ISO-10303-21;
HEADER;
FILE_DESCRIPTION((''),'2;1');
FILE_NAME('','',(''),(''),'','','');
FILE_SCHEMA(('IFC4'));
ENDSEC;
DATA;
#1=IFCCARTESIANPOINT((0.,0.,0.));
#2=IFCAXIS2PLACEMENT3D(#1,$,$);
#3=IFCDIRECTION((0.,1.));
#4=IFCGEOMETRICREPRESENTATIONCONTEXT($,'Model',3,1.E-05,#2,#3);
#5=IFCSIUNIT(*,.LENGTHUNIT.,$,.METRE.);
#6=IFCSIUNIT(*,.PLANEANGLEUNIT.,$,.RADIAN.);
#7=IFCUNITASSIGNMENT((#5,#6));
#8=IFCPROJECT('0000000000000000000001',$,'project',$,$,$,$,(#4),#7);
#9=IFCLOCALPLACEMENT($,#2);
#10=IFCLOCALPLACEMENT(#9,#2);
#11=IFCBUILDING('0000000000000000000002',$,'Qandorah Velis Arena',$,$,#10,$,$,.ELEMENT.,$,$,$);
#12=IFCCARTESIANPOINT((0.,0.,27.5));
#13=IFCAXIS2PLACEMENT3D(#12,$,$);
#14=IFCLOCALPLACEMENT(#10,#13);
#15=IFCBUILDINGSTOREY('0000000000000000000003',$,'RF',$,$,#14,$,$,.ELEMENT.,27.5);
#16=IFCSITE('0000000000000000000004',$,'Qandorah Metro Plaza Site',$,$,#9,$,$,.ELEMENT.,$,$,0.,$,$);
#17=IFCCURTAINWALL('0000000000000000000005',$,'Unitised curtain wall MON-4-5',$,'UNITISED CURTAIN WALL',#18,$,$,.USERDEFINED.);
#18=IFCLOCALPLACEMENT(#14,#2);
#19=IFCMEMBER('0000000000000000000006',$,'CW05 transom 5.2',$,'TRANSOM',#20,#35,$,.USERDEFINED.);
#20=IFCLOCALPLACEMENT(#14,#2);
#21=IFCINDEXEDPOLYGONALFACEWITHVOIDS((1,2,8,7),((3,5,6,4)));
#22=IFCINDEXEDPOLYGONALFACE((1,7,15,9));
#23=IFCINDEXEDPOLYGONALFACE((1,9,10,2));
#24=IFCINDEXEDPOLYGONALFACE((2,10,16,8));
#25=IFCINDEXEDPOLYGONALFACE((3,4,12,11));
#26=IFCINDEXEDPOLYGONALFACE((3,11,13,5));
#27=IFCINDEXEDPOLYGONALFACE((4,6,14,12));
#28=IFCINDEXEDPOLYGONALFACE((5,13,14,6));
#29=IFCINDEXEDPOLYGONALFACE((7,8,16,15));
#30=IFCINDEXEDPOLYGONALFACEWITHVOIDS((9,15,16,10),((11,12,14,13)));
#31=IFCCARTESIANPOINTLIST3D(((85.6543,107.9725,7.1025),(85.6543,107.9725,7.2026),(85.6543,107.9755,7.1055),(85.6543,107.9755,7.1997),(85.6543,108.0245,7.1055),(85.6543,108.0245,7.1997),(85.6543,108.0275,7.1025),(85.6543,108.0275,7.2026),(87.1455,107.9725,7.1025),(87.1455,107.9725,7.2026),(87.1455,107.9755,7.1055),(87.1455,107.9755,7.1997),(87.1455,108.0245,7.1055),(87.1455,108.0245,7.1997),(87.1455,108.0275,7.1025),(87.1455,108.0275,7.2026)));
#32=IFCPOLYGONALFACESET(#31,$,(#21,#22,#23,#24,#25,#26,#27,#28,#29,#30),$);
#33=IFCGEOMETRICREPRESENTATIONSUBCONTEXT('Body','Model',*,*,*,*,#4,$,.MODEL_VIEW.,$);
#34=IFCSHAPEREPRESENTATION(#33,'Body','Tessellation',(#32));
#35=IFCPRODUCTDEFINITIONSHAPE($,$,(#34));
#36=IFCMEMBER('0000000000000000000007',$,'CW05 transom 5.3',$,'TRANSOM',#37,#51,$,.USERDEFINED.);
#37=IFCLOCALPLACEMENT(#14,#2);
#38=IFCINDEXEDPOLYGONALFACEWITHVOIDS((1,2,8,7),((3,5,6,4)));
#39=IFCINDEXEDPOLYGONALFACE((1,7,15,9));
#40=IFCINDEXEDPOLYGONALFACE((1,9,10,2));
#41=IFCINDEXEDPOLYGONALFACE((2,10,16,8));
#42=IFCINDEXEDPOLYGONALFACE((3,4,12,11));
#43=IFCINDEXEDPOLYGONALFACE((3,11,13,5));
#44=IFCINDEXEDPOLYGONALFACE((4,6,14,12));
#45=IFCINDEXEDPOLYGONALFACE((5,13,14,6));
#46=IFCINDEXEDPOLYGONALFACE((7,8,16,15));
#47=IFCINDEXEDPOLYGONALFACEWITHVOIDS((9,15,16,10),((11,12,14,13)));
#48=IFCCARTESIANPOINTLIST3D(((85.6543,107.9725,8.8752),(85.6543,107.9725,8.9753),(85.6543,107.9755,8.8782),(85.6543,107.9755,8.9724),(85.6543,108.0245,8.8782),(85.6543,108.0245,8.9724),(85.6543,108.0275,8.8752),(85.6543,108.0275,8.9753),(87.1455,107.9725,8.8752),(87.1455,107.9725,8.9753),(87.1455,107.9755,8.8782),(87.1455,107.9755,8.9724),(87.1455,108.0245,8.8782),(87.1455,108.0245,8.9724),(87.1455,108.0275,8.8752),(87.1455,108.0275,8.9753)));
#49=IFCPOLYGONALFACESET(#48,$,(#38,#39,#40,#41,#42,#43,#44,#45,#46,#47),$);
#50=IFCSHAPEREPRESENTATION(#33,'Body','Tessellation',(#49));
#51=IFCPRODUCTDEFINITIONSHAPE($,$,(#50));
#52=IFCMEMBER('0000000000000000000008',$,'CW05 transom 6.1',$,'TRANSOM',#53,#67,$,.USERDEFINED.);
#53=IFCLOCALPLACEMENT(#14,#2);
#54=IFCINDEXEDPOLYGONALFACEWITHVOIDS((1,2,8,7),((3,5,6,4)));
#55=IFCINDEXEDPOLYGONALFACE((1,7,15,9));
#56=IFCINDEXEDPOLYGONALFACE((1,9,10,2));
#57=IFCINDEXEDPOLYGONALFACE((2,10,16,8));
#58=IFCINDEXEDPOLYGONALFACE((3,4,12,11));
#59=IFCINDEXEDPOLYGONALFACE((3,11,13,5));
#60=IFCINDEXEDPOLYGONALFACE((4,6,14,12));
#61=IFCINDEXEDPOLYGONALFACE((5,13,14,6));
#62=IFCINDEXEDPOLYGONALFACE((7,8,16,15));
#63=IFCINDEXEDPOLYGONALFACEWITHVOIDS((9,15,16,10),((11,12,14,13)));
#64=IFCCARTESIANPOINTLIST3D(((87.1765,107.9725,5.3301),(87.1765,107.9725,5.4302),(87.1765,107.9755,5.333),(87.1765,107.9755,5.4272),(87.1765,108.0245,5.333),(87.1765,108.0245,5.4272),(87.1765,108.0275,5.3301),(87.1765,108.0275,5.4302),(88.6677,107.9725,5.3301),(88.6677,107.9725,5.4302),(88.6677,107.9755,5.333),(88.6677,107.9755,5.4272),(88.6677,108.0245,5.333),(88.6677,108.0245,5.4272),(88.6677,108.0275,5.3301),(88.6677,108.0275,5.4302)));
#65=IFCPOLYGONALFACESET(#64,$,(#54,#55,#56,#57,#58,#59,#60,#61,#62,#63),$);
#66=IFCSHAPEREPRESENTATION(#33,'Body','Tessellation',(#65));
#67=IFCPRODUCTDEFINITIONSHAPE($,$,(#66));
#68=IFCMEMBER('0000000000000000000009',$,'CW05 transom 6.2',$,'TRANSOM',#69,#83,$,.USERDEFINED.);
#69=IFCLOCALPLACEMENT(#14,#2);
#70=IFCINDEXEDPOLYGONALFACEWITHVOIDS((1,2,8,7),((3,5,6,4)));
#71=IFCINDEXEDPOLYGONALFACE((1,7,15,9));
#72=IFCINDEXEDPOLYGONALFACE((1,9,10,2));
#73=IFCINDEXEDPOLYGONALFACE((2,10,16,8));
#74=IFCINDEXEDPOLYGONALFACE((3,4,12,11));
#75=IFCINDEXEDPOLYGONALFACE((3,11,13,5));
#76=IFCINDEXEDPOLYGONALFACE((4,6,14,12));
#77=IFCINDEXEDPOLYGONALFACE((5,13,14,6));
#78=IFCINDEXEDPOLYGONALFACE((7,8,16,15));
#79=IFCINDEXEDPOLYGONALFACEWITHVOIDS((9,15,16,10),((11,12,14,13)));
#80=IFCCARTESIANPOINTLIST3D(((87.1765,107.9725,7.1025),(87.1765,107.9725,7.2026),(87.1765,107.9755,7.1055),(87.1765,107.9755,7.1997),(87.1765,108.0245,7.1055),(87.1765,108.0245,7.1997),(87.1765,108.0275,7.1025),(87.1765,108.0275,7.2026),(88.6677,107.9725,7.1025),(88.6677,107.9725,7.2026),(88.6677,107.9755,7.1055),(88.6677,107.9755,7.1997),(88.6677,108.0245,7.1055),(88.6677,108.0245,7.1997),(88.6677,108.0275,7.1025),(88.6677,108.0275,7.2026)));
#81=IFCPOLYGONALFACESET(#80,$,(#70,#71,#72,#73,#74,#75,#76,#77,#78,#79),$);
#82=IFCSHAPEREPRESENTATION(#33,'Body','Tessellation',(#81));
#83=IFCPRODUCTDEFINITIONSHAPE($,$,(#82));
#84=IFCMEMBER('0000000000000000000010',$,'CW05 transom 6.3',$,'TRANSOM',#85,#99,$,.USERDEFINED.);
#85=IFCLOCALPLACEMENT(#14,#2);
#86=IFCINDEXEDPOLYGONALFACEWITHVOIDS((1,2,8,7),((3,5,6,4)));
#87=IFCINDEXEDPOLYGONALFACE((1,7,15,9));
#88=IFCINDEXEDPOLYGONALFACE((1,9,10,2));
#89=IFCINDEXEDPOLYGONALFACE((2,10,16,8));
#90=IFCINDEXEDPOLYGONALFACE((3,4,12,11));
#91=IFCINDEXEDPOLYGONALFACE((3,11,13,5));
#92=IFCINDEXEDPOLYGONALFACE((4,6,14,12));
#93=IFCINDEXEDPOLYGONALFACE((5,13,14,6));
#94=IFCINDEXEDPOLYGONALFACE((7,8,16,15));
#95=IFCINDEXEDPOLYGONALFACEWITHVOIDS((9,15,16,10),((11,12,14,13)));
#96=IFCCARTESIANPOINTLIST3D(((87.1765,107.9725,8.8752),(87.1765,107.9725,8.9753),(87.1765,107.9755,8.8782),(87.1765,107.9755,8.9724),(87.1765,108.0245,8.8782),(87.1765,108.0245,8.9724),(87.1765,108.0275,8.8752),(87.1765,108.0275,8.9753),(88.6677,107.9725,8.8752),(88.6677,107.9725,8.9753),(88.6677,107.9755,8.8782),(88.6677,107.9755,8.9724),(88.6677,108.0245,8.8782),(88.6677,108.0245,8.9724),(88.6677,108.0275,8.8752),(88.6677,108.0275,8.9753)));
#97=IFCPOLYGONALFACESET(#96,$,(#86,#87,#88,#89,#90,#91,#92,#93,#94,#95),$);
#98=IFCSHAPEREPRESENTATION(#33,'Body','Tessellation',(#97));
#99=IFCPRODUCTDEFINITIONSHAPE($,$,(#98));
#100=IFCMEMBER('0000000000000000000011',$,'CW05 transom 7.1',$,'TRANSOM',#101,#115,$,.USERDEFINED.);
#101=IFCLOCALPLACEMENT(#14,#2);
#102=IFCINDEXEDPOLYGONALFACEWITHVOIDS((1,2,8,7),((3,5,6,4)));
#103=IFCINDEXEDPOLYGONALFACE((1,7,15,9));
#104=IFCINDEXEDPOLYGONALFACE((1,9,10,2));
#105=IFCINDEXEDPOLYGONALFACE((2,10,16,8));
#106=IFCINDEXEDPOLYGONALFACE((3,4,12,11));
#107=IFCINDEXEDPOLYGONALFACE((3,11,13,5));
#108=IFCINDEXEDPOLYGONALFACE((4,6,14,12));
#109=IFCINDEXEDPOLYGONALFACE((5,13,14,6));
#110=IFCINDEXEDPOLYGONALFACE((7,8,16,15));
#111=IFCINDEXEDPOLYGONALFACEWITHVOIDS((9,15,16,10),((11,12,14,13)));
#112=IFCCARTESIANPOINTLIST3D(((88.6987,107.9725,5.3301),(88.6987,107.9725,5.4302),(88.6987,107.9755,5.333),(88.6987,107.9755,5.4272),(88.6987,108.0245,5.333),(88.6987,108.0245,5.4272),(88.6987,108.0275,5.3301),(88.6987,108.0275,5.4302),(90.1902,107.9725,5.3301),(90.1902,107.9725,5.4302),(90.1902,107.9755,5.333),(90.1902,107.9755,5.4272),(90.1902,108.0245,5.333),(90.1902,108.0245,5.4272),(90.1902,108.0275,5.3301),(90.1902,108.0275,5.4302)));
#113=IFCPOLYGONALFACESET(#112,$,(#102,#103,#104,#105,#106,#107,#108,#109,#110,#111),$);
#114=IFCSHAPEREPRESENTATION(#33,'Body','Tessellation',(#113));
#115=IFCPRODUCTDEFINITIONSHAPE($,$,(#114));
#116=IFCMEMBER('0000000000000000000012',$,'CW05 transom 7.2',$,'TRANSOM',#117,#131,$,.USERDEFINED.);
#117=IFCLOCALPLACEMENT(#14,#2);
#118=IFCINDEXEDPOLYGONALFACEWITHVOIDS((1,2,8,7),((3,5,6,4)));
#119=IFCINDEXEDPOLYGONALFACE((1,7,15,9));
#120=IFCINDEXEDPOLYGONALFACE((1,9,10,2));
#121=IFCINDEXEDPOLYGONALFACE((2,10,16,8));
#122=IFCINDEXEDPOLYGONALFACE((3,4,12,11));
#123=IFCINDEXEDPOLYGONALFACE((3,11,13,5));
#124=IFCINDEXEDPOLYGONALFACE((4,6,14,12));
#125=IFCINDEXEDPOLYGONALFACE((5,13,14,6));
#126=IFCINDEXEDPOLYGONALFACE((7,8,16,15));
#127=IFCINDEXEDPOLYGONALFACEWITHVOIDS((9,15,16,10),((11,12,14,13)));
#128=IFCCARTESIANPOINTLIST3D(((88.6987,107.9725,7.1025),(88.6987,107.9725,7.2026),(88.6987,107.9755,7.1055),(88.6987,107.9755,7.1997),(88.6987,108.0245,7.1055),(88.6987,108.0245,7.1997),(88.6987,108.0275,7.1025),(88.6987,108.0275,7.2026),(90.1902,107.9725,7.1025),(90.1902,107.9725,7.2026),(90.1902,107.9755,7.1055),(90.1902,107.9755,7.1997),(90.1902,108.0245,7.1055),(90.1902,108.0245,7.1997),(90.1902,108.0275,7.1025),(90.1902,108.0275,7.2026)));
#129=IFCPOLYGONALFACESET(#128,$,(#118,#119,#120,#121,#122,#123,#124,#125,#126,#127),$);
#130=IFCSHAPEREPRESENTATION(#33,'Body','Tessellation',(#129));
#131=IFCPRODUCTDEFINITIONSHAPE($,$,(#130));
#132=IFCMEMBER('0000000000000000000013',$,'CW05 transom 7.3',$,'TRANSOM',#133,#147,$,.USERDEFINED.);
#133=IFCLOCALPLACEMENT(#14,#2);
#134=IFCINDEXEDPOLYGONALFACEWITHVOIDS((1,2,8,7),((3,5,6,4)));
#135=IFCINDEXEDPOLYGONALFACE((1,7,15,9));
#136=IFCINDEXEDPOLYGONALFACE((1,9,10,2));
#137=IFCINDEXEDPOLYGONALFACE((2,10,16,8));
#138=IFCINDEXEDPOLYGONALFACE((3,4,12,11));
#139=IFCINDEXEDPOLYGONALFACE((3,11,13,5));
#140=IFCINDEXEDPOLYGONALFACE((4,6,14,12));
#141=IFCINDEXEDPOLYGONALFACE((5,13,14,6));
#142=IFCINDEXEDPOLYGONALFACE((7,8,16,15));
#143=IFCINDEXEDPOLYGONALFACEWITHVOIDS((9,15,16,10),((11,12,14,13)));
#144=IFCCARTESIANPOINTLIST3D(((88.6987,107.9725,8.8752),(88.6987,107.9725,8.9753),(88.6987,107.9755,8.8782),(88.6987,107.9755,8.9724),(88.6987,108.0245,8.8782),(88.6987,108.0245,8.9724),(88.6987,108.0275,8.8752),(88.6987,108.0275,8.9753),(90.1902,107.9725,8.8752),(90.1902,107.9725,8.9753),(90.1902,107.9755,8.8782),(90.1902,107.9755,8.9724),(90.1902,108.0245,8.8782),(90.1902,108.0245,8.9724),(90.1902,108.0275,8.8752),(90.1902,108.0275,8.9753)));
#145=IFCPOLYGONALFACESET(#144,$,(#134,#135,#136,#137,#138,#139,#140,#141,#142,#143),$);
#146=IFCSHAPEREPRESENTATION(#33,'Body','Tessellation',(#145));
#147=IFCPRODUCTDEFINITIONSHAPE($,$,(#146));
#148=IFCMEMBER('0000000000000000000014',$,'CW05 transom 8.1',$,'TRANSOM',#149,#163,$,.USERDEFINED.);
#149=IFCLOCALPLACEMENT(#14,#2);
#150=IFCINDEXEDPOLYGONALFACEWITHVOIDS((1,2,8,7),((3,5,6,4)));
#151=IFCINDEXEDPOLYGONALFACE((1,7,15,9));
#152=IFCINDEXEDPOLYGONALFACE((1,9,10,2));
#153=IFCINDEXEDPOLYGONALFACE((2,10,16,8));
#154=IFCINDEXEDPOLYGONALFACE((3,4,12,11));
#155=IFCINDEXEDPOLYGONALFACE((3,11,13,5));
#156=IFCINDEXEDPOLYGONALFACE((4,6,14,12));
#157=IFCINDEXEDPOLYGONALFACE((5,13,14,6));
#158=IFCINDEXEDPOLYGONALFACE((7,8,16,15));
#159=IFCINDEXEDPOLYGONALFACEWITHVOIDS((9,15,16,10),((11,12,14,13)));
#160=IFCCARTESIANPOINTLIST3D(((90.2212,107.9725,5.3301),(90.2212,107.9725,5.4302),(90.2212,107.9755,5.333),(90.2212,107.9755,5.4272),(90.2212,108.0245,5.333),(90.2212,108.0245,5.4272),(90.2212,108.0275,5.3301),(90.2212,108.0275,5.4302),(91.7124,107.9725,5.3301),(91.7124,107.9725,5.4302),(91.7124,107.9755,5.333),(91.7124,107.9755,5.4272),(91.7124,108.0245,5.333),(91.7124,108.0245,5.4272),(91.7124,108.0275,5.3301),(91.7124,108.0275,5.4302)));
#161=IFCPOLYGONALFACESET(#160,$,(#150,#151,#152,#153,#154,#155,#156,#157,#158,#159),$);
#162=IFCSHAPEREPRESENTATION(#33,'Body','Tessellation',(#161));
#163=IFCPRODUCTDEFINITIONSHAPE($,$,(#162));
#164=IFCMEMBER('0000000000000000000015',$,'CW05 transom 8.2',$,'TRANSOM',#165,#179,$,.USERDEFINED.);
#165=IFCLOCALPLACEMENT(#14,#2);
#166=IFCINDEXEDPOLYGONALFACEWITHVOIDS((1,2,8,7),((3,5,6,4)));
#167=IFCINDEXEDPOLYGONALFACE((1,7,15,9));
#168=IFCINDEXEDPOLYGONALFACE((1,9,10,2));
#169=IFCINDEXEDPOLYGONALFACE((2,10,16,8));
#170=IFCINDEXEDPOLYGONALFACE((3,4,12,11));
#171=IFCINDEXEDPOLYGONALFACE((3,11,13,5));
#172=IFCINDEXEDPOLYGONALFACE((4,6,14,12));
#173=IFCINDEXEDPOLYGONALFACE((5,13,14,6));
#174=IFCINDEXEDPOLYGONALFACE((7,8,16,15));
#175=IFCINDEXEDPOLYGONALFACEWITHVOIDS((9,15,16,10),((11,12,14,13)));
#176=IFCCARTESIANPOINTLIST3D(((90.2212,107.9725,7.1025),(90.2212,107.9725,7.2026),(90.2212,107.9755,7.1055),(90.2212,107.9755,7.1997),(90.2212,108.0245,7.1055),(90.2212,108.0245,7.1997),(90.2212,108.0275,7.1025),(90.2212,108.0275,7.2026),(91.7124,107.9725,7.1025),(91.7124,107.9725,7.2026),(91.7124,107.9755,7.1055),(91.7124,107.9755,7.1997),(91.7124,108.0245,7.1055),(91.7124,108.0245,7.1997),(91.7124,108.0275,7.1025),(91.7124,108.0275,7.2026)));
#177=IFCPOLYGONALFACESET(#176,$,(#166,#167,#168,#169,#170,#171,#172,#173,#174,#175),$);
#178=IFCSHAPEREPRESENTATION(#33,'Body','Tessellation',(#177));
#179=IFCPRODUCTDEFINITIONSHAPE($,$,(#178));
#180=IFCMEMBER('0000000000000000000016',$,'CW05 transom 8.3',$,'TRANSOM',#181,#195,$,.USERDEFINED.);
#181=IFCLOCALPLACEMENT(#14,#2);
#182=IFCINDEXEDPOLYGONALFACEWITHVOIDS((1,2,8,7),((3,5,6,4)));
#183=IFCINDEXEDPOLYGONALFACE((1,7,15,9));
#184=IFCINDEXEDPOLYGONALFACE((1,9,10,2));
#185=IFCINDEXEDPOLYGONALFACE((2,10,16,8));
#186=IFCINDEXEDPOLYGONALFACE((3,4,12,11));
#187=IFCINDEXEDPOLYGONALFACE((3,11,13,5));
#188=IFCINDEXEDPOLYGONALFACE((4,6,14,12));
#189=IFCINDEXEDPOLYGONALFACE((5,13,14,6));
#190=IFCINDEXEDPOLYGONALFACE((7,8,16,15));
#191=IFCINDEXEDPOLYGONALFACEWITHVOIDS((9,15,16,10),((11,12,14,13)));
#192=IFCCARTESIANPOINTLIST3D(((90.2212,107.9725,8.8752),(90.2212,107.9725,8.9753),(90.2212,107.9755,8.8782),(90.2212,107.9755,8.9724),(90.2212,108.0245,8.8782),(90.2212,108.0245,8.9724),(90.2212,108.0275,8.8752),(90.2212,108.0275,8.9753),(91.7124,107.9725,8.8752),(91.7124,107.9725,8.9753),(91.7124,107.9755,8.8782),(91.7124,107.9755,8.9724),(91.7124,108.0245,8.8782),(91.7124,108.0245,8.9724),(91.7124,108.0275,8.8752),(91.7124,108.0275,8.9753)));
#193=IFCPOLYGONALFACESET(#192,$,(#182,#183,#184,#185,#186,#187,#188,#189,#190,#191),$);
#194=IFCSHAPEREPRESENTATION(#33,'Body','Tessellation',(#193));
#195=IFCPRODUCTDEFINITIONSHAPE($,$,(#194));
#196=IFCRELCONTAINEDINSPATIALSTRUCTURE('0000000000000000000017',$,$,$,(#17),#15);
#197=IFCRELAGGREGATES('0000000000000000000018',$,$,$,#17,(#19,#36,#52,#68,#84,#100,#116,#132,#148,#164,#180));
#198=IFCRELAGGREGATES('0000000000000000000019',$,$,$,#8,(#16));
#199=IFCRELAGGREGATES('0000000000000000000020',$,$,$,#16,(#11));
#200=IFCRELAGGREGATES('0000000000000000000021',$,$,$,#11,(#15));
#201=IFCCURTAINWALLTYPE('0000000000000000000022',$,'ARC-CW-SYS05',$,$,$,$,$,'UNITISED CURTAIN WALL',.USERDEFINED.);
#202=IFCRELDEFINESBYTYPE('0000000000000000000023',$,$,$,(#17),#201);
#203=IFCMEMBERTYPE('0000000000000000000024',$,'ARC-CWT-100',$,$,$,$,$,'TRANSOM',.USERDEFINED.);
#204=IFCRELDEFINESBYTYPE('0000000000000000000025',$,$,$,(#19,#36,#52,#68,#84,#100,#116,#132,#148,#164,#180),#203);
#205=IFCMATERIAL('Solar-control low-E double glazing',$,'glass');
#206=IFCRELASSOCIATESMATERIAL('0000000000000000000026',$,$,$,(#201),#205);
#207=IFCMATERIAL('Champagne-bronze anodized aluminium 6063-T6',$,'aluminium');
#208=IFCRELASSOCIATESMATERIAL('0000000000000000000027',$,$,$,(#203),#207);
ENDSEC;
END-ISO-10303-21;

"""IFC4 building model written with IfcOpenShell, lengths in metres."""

from ifc_helpers import new_model, si_unit, direction, frame, origin, origin_2d, place, context, subcontext, project, spatial, hollow_rectangle, extrude, material, material_profile, profile_set, type_object, element, aggregate, save


model = new_model("IFC4")

# Units and contexts
model_context = context("Model", 3, precision=1e-05, world=origin(), true_north=direction((0.0, 1.0)))
body_context = subcontext(model_context, "Body", "Model", "MODEL_VIEW")
ifc_project = project(units=[si_unit("LENGTHUNIT", "METRE"), si_unit("PLANEANGLEUNIT", "RADIAN")], contexts=[model_context])

# Site, building, storey
site_placement = place(None, origin())
site = spatial("IfcSite", under=ifc_project, at=site_placement, Name="Qandorah Metro Plaza Site", CompositionType="ELEMENT", RefElevation=0.0)
building_placement = place(site_placement, origin())
building = spatial("IfcBuilding", under=site, at=building_placement, Name="Qandorah Velis Arena", CompositionType="ELEMENT")
storey_placement = place(building_placement, frame((0.0, 0.0, 27.5)))
storey = spatial("IfcBuildingStorey", under=building, at=storey_placement, Name="RF", CompositionType="ELEMENT", Elevation=27.5)

# Curtain wall
ifc_material_1 = material(Name="Solar-control low-E double glazing", Category="glass")
curtain_wall_type_1 = type_object("IfcCurtainWallType", Name="ARC-CW-SYS05", ElementType="UNITISED CURTAIN WALL", PredefinedType="USERDEFINED", material=ifc_material_1)
curtain_wall_1_placement = place(storey_placement, origin())
curtain_wall_1 = element("IfcCurtainWall", 1, at=curtain_wall_1_placement, inside=storey, type_object=curtain_wall_type_1, Name="Unitised curtain wall MON-4-5", ObjectType="UNITISED CURTAIN WALL", PredefinedType="USERDEFINED")
ifc_material_2 = material(Name="Champagne-bronze anodized aluminium 6063-T6", Category="aluminium")

# Members
ifc_material_profile_1 = material_profile(ifc_material_2, hollow_rectangle(XDim=0.0549, YDim=0.1001, WallThickness=0.0029, at=origin_2d()), Name="ALU TRANSOM 55x100")
ifc_profile_set_1 = profile_set([ifc_material_profile_1], Name="Champagne-bronze anodized aluminium 6063-T6")
member_type_1 = type_object("IfcMemberType", Name="ARC-CWT-100", ElementType="TRANSOM", PredefinedType="USERDEFINED", material=ifc_profile_set_1)
member_1_placement = place(storey_placement, frame((85.6543, 108.0, 7.1526), z_axis=(1.0, 0.0, 0.0), x_axis=(0.0, 1.0, 0.0)))
member_1 = element("IfcMember", 2, at=member_1_placement, type_object=member_type_1, Name="CW05 transom 5.2", ObjectType="TRANSOM", PredefinedType="USERDEFINED", context=body_context, shape_type="SweptSolid", body=[
    extrude(hollow_rectangle(XDim=0.0549, YDim=0.1001, WallThickness=0.0029, at=origin_2d()), origin(), (0.0, 0.0, 1.0), 1.4912),
])
member_2_placement = place(storey_placement, frame((85.6543, 108.0, 8.9253), z_axis=(1.0, 0.0, 0.0), x_axis=(0.0, 1.0, 0.0)))
member_2 = element("IfcMember", 3, at=member_2_placement, type_object=member_type_1, Name="CW05 transom 5.3", ObjectType="TRANSOM", PredefinedType="USERDEFINED", context=body_context, shape_type="SweptSolid", body=[
    extrude(hollow_rectangle(XDim=0.0549, YDim=0.1001, WallThickness=0.0029, at=origin_2d()), origin(), (0.0, 0.0, 1.0), 1.4912),
])
member_3_placement = place(storey_placement, frame((87.1765, 108.0, 5.3801), z_axis=(1.0, 0.0, 0.0), x_axis=(0.0, 1.0, 0.0)))
member_3 = element("IfcMember", 4, at=member_3_placement, type_object=member_type_1, Name="CW05 transom 6.1", ObjectType="TRANSOM", PredefinedType="USERDEFINED", context=body_context, shape_type="SweptSolid", body=[
    extrude(hollow_rectangle(XDim=0.0549, YDim=0.1001, WallThickness=0.0029, at=origin_2d()), origin(), (0.0, 0.0, 1.0), 1.4912),
])
member_4_placement = place(storey_placement, frame((87.1765, 108.0, 7.1526), z_axis=(1.0, 0.0, 0.0), x_axis=(0.0, 1.0, 0.0)))
member_4 = element("IfcMember", 5, at=member_4_placement, type_object=member_type_1, Name="CW05 transom 6.2", ObjectType="TRANSOM", PredefinedType="USERDEFINED", context=body_context, shape_type="SweptSolid", body=[
    extrude(hollow_rectangle(XDim=0.0549, YDim=0.1001, WallThickness=0.0029, at=origin_2d()), origin(), (0.0, 0.0, 1.0), 1.4912),
])
member_5_placement = place(storey_placement, frame((87.1765, 108.0, 8.9253), z_axis=(1.0, 0.0, 0.0), x_axis=(0.0, 1.0, 0.0)))
member_5 = element("IfcMember", 6, at=member_5_placement, type_object=member_type_1, Name="CW05 transom 6.3", ObjectType="TRANSOM", PredefinedType="USERDEFINED", context=body_context, shape_type="SweptSolid", body=[
    extrude(hollow_rectangle(XDim=0.0549, YDim=0.1001, WallThickness=0.0029, at=origin_2d()), origin(), (0.0, 0.0, 1.0), 1.4912),
])
member_6_placement = place(storey_placement, frame((88.6987, 108.0, 5.3801), z_axis=(1.0, 0.0, 0.0), x_axis=(0.0, 1.0, 0.0)))
member_6 = element("IfcMember", 7, at=member_6_placement, type_object=member_type_1, Name="CW05 transom 7.1", ObjectType="TRANSOM", PredefinedType="USERDEFINED", context=body_context, shape_type="SweptSolid", body=[
    extrude(hollow_rectangle(XDim=0.0549, YDim=0.1001, WallThickness=0.0029, at=origin_2d()), origin(), (0.0, 0.0, 1.0), 1.4915),
])
member_7_placement = place(storey_placement, frame((88.6987, 108.0, 7.1526), z_axis=(1.0, 0.0, 0.0), x_axis=(0.0, 1.0, 0.0)))
member_7 = element("IfcMember", 8, at=member_7_placement, type_object=member_type_1, Name="CW05 transom 7.2", ObjectType="TRANSOM", PredefinedType="USERDEFINED", context=body_context, shape_type="SweptSolid", body=[
    extrude(hollow_rectangle(XDim=0.0549, YDim=0.1001, WallThickness=0.0029, at=origin_2d()), origin(), (0.0, 0.0, 1.0), 1.4915),
])
member_8_placement = place(storey_placement, frame((88.6987, 108.0, 8.9253), z_axis=(1.0, 0.0, 0.0), x_axis=(0.0, 1.0, 0.0)))
member_8 = element("IfcMember", 9, at=member_8_placement, type_object=member_type_1, Name="CW05 transom 7.3", ObjectType="TRANSOM", PredefinedType="USERDEFINED", context=body_context, shape_type="SweptSolid", body=[
    extrude(hollow_rectangle(XDim=0.0549, YDim=0.1001, WallThickness=0.0029, at=origin_2d()), origin(), (0.0, 0.0, 1.0), 1.4915),
])
member_9_placement = place(storey_placement, frame((90.2212, 108.0, 5.3801), z_axis=(1.0, 0.0, 0.0), x_axis=(0.0, 1.0, 0.0)))
member_9 = element("IfcMember", 10, at=member_9_placement, type_object=member_type_1, Name="CW05 transom 8.1", ObjectType="TRANSOM", PredefinedType="USERDEFINED", context=body_context, shape_type="SweptSolid", body=[
    extrude(hollow_rectangle(XDim=0.0549, YDim=0.1001, WallThickness=0.0029, at=origin_2d()), origin(), (0.0, 0.0, 1.0), 1.4912),
])
member_10_placement = place(storey_placement, frame((90.2212, 108.0, 7.1526), z_axis=(1.0, 0.0, 0.0), x_axis=(0.0, 1.0, 0.0)))
member_10 = element("IfcMember", 11, at=member_10_placement, type_object=member_type_1, Name="CW05 transom 8.2", ObjectType="TRANSOM", PredefinedType="USERDEFINED", context=body_context, shape_type="SweptSolid", body=[
    extrude(hollow_rectangle(XDim=0.0549, YDim=0.1001, WallThickness=0.0029, at=origin_2d()), origin(), (0.0, 0.0, 1.0), 1.4912),
])
member_11_placement = place(storey_placement, frame((90.2212, 108.0, 8.9253), z_axis=(1.0, 0.0, 0.0), x_axis=(0.0, 1.0, 0.0)))
member_11 = element("IfcMember", 12, at=member_11_placement, type_object=member_type_1, Name="CW05 transom 8.3", ObjectType="TRANSOM", PredefinedType="USERDEFINED", context=body_context, shape_type="SweptSolid", body=[
    extrude(hollow_rectangle(XDim=0.0549, YDim=0.1001, WallThickness=0.0029, at=origin_2d()), origin(), (0.0, 0.0, 1.0), 1.4912),
])

aggregate(curtain_wall_1, [member_1, member_2, member_3, member_4, member_5, member_6, member_7, member_8, member_9, member_10, member_11])

save(model, "model.ifc")
